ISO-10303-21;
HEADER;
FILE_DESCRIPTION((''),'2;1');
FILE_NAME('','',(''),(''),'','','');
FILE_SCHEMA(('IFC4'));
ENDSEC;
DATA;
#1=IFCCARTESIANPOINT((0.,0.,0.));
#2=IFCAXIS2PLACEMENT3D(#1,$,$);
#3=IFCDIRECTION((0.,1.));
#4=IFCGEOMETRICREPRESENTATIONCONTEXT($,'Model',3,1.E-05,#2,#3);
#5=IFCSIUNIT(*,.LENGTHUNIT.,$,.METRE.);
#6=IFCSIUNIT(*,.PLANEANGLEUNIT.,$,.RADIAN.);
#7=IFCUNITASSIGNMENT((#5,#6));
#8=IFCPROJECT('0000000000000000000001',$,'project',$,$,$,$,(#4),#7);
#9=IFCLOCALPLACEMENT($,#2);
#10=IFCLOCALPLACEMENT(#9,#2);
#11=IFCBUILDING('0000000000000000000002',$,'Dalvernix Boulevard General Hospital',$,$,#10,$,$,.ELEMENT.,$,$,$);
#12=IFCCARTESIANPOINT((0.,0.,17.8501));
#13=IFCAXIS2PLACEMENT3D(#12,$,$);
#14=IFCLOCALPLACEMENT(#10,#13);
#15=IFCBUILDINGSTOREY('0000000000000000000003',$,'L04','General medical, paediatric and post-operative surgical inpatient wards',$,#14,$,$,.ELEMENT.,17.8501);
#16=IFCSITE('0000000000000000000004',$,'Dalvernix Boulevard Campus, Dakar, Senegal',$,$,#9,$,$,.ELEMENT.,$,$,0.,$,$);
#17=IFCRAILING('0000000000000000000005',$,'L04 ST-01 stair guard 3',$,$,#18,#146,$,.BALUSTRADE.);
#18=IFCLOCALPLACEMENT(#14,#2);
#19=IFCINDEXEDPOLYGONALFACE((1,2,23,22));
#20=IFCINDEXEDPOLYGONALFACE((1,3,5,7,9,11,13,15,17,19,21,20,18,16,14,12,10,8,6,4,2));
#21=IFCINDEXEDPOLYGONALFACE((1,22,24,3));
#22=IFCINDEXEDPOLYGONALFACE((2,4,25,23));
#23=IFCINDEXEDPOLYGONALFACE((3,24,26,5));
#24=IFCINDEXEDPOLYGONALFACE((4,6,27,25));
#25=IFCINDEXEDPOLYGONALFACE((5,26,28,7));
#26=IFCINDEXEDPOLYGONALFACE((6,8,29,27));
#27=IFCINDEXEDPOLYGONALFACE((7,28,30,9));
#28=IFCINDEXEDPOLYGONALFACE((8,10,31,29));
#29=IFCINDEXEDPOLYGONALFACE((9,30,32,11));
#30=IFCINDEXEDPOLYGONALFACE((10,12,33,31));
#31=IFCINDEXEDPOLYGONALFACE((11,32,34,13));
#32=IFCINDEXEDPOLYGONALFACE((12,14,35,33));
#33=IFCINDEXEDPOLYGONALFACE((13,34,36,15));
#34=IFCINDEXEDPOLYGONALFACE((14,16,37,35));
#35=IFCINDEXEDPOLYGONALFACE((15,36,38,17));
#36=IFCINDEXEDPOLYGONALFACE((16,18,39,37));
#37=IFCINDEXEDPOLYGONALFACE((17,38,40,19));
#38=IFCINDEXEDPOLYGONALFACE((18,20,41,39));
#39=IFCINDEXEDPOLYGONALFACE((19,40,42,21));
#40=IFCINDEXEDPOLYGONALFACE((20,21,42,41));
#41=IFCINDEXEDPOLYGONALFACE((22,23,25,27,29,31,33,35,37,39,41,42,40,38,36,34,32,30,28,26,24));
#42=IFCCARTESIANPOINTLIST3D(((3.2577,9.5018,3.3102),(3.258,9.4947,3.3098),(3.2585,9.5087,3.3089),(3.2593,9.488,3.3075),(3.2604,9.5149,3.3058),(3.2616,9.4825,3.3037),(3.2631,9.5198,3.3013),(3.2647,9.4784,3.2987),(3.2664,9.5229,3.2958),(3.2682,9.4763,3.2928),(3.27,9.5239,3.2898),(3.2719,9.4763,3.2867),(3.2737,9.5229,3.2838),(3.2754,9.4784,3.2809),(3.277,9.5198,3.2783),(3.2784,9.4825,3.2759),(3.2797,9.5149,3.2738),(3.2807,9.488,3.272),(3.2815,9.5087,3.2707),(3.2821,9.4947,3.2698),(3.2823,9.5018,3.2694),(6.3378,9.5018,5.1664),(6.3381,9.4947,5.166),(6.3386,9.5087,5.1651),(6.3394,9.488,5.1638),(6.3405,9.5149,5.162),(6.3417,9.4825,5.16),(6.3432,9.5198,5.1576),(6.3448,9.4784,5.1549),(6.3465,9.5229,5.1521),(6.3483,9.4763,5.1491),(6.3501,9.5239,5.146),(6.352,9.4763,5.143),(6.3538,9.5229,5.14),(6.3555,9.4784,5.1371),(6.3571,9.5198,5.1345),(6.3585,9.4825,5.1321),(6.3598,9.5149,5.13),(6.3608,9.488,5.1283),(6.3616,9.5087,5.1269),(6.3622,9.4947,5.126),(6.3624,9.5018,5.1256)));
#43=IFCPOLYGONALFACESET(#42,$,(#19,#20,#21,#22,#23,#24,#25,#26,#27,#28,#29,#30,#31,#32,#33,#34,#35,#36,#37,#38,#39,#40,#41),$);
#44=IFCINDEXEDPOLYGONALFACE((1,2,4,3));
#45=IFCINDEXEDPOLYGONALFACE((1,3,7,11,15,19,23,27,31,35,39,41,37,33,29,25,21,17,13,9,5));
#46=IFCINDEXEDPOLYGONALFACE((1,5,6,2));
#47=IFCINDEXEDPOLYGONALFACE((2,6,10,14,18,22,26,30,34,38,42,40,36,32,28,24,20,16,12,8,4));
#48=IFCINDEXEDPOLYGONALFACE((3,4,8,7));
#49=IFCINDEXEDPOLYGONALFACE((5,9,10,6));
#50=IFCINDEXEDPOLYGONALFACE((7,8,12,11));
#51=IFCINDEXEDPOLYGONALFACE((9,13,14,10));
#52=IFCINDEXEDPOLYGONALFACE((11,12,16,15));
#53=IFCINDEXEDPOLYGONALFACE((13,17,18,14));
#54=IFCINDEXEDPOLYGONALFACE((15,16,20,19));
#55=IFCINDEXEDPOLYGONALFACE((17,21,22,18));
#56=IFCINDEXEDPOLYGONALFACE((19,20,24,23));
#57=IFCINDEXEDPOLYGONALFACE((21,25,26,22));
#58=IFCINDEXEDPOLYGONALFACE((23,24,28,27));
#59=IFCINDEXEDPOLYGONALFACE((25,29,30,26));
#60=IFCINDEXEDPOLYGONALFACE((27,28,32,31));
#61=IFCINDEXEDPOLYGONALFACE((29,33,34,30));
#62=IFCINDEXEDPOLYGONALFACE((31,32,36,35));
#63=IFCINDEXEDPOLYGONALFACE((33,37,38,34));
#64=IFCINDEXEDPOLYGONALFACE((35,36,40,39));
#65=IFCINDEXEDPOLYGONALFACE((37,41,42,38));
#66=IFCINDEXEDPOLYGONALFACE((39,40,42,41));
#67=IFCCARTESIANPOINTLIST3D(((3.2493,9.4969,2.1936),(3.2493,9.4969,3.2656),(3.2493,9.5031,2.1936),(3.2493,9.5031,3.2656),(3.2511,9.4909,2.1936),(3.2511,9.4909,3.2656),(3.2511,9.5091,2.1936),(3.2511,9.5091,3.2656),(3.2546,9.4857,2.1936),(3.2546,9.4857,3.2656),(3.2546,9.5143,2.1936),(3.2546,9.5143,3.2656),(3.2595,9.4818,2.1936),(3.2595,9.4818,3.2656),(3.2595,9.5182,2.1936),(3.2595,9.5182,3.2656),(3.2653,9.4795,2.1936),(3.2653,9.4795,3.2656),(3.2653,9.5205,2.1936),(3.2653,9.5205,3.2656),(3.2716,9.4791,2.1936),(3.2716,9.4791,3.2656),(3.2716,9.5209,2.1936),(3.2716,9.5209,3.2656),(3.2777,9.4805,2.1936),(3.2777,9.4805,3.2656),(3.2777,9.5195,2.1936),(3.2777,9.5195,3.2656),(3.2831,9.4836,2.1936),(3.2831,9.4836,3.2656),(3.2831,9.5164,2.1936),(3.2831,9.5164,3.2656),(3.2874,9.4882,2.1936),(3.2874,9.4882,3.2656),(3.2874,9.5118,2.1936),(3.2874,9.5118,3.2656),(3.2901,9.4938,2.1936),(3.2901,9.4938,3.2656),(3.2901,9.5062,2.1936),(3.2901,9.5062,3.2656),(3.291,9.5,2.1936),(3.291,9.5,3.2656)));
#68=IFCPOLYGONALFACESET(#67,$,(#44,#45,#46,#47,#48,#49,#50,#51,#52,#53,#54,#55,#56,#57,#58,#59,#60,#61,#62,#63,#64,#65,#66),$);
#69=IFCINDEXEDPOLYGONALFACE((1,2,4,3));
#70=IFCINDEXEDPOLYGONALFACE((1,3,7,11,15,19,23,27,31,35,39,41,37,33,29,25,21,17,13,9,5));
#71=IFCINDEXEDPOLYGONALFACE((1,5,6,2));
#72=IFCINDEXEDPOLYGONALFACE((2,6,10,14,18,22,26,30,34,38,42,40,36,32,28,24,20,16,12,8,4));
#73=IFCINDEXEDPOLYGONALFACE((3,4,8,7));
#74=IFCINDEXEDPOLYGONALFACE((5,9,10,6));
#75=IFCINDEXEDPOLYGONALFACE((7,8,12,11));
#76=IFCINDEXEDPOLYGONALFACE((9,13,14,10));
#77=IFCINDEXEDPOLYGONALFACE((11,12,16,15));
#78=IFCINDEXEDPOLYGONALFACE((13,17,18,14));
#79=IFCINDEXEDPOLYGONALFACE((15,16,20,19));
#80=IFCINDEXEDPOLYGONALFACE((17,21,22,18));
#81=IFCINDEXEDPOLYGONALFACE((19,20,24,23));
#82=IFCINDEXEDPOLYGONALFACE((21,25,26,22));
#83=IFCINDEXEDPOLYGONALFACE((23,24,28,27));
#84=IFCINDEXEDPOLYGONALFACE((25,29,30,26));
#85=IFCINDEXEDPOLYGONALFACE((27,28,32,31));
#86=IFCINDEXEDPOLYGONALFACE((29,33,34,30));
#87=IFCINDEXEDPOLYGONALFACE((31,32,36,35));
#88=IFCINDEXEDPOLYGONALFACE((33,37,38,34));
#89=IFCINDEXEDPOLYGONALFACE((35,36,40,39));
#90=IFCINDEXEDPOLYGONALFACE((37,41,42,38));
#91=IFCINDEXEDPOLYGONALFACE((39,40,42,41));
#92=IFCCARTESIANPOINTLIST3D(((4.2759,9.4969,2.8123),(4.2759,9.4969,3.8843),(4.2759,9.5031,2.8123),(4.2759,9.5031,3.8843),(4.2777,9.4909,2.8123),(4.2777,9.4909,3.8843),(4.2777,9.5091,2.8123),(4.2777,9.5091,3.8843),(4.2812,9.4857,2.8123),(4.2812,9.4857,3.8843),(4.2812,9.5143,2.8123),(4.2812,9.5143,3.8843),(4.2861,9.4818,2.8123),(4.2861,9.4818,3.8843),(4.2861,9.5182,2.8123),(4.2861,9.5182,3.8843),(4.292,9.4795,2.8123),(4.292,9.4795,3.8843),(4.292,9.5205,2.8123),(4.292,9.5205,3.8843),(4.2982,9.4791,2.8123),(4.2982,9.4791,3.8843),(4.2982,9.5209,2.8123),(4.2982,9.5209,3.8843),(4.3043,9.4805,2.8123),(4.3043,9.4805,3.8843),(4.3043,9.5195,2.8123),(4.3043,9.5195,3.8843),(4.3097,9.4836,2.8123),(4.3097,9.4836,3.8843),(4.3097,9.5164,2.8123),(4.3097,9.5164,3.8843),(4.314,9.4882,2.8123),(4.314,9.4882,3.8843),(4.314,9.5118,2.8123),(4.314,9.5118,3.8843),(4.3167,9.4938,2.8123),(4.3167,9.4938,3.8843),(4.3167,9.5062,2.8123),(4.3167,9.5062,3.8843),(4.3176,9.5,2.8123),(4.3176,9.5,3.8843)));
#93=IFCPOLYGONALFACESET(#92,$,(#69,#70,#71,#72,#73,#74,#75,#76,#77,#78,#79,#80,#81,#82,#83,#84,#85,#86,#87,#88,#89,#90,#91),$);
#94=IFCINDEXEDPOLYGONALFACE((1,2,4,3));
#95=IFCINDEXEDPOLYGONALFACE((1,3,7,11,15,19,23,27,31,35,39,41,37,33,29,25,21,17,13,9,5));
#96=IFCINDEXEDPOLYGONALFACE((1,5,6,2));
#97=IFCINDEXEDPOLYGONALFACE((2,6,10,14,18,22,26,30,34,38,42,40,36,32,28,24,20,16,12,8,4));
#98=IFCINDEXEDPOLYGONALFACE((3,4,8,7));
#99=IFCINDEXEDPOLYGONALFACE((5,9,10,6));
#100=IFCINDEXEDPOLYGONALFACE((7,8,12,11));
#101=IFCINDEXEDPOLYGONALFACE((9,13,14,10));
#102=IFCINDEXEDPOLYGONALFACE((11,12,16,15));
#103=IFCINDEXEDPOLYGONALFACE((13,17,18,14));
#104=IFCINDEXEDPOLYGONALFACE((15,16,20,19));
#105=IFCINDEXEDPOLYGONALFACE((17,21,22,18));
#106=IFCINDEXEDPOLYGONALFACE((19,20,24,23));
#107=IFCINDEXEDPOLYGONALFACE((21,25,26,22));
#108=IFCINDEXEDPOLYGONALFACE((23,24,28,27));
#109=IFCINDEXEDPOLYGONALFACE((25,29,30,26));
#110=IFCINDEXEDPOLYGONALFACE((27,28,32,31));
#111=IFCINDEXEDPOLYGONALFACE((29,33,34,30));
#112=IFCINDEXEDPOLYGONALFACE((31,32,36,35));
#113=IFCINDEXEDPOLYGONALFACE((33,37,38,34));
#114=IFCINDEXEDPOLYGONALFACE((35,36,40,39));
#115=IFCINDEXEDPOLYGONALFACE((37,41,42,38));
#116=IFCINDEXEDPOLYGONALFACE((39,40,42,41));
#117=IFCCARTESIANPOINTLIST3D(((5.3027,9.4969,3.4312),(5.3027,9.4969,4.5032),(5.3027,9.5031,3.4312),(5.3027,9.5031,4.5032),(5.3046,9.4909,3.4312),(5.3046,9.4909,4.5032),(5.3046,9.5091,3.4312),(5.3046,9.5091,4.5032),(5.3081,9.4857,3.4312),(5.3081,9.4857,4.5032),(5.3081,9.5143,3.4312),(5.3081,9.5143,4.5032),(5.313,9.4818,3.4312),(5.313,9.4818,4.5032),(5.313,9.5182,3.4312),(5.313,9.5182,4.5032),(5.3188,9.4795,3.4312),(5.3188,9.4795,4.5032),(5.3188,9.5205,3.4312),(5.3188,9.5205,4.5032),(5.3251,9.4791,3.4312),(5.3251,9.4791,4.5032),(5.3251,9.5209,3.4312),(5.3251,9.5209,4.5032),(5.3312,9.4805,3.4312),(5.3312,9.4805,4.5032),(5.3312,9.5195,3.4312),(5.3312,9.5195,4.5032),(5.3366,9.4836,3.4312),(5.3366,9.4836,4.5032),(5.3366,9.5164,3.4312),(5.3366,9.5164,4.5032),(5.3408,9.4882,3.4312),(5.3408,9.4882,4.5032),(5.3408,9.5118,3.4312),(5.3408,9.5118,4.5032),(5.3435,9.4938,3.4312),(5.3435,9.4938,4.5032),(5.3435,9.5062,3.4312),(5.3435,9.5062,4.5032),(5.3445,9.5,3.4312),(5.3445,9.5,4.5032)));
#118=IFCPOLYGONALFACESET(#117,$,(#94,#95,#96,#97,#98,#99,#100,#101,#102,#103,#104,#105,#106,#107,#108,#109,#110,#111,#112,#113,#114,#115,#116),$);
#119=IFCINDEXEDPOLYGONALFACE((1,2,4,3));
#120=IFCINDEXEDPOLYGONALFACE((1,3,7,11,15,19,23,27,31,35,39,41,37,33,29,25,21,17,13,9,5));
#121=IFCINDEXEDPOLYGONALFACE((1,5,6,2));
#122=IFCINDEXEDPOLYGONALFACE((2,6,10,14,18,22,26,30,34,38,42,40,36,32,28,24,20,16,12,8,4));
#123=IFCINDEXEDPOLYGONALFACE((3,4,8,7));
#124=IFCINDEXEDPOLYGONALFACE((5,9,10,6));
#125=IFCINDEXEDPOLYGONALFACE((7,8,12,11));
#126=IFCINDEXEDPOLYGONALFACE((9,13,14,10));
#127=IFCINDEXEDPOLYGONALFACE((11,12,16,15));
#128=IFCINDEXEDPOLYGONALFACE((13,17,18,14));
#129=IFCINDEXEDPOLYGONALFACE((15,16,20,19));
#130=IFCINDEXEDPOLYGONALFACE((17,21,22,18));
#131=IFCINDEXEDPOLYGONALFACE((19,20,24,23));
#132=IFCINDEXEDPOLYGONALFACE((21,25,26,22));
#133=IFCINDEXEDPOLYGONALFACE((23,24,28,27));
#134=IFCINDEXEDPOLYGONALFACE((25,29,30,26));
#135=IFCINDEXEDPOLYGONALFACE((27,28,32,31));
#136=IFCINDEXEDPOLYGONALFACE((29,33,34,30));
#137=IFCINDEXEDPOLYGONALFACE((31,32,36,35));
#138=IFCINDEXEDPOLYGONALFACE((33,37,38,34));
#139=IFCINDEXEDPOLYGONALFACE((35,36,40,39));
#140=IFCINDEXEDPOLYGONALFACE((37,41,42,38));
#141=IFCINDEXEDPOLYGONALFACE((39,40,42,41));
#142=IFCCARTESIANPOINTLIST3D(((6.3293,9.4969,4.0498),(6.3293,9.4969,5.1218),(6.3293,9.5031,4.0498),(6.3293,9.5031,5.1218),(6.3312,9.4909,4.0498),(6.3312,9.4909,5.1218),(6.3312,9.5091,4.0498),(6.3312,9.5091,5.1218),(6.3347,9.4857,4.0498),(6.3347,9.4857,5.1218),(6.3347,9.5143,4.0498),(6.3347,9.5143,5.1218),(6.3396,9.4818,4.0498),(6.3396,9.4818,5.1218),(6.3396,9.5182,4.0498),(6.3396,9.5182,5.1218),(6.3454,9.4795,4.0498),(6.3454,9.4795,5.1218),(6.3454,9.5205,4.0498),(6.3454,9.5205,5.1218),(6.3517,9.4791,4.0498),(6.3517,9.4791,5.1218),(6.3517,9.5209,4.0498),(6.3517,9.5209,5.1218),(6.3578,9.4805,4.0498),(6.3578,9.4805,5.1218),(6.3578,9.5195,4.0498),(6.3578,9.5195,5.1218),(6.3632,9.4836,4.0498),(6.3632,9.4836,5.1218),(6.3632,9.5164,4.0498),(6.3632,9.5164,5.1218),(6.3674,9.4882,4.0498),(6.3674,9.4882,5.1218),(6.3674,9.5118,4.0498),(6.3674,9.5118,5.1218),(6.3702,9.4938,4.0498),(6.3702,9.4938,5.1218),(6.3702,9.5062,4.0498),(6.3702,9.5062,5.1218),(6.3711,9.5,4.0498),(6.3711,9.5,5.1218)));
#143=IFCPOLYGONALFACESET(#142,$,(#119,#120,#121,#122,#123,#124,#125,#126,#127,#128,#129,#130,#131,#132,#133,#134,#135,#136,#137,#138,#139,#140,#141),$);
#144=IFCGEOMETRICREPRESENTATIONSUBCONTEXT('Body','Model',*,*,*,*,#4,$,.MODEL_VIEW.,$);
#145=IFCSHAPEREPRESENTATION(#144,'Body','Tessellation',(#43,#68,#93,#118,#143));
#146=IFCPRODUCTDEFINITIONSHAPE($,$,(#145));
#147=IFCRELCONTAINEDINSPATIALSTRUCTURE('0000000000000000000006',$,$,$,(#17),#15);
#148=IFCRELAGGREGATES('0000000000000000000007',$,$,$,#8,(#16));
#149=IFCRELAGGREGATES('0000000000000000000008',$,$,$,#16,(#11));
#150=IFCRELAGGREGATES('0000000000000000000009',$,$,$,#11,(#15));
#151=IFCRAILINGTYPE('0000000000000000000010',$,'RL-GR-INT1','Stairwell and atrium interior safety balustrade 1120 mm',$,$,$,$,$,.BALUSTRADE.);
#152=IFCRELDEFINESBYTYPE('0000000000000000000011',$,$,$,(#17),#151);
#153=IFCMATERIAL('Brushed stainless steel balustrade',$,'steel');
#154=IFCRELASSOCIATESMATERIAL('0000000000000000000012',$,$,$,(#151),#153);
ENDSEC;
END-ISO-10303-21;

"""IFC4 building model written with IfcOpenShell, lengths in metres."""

from ifc_helpers import new_model, si_unit, direction, frame, origin, origin_2d, place, context, subcontext, project, spatial, circle, extrude, material, type_object, element, save


model = new_model("IFC4")

# Units and contexts
model_context = context("Model", 3, precision=1e-05, world=origin(), true_north=direction((0.0, 1.0)))
body_context = subcontext(model_context, "Body", "Model", "MODEL_VIEW")
ifc_project = project(units=[si_unit("LENGTHUNIT", "METRE"), si_unit("PLANEANGLEUNIT", "RADIAN")], contexts=[model_context])

# Site, building, storey
site_placement = place(None, origin())
site = spatial("IfcSite", under=ifc_project, at=site_placement, Name="Dalvernix Boulevard Campus, Dakar, Senegal", CompositionType="ELEMENT", RefElevation=0.0)
building_placement = place(site_placement, origin())
building = spatial("IfcBuilding", under=site, at=building_placement, Name="Dalvernix Boulevard General Hospital", CompositionType="ELEMENT")
storey_placement = place(building_placement, frame((0.0, 0.0, 17.8501)))
storey = spatial("IfcBuildingStorey", under=building, at=storey_placement, Name="L04", Description="General medical, paediatric and post-operative surgical inpatient wards", CompositionType="ELEMENT", Elevation=17.8501)

# Railing
ifc_material_1 = material(Name="Brushed stainless steel balustrade", Category="steel")
railing_type_1 = type_object("IfcRailingType", Name="RL-GR-INT1", Description="Stairwell and atrium interior safety balustrade 1120 mm", PredefinedType="BALUSTRADE", material=ifc_material_1)
railing_1_placement = place(storey_placement, frame((3.27, 9.5, 2.1936)))
element("IfcRailing", 1, at=railing_1_placement, inside=storey, type_object=railing_type_1, Name="L04 ST-01 stair guard 3", PredefinedType="BALUSTRADE", context=body_context, shape_type="SweptSolid", body=[
    extrude(circle(Radius=0.0239, at=origin_2d()), frame((0.0, 0.0, 1.0962), z_axis=(0.856491, 0.0, 0.516162), x_axis=(0.0, 1.0, 0.0)), (0.0, 0.0, 1.0), 3.5962),
    extrude(circle(Radius=0.021, at=origin_2d()), origin(), (0.0, 0.0, 1.0), 1.072),
    extrude(circle(Radius=0.021, at=origin_2d()), frame((1.0266, 0.0, 0.6187)), (0.0, 0.0, 1.0), 1.072),
    extrude(circle(Radius=0.021, at=origin_2d()), frame((2.0535, 0.0, 1.2375)), (0.0, 0.0, 1.0), 1.072),
    extrude(circle(Radius=0.021, at=origin_2d()), frame((3.0801, 0.0, 1.8562)), (0.0, 0.0, 1.0), 1.072),
])

save(model, "model.ifc")
